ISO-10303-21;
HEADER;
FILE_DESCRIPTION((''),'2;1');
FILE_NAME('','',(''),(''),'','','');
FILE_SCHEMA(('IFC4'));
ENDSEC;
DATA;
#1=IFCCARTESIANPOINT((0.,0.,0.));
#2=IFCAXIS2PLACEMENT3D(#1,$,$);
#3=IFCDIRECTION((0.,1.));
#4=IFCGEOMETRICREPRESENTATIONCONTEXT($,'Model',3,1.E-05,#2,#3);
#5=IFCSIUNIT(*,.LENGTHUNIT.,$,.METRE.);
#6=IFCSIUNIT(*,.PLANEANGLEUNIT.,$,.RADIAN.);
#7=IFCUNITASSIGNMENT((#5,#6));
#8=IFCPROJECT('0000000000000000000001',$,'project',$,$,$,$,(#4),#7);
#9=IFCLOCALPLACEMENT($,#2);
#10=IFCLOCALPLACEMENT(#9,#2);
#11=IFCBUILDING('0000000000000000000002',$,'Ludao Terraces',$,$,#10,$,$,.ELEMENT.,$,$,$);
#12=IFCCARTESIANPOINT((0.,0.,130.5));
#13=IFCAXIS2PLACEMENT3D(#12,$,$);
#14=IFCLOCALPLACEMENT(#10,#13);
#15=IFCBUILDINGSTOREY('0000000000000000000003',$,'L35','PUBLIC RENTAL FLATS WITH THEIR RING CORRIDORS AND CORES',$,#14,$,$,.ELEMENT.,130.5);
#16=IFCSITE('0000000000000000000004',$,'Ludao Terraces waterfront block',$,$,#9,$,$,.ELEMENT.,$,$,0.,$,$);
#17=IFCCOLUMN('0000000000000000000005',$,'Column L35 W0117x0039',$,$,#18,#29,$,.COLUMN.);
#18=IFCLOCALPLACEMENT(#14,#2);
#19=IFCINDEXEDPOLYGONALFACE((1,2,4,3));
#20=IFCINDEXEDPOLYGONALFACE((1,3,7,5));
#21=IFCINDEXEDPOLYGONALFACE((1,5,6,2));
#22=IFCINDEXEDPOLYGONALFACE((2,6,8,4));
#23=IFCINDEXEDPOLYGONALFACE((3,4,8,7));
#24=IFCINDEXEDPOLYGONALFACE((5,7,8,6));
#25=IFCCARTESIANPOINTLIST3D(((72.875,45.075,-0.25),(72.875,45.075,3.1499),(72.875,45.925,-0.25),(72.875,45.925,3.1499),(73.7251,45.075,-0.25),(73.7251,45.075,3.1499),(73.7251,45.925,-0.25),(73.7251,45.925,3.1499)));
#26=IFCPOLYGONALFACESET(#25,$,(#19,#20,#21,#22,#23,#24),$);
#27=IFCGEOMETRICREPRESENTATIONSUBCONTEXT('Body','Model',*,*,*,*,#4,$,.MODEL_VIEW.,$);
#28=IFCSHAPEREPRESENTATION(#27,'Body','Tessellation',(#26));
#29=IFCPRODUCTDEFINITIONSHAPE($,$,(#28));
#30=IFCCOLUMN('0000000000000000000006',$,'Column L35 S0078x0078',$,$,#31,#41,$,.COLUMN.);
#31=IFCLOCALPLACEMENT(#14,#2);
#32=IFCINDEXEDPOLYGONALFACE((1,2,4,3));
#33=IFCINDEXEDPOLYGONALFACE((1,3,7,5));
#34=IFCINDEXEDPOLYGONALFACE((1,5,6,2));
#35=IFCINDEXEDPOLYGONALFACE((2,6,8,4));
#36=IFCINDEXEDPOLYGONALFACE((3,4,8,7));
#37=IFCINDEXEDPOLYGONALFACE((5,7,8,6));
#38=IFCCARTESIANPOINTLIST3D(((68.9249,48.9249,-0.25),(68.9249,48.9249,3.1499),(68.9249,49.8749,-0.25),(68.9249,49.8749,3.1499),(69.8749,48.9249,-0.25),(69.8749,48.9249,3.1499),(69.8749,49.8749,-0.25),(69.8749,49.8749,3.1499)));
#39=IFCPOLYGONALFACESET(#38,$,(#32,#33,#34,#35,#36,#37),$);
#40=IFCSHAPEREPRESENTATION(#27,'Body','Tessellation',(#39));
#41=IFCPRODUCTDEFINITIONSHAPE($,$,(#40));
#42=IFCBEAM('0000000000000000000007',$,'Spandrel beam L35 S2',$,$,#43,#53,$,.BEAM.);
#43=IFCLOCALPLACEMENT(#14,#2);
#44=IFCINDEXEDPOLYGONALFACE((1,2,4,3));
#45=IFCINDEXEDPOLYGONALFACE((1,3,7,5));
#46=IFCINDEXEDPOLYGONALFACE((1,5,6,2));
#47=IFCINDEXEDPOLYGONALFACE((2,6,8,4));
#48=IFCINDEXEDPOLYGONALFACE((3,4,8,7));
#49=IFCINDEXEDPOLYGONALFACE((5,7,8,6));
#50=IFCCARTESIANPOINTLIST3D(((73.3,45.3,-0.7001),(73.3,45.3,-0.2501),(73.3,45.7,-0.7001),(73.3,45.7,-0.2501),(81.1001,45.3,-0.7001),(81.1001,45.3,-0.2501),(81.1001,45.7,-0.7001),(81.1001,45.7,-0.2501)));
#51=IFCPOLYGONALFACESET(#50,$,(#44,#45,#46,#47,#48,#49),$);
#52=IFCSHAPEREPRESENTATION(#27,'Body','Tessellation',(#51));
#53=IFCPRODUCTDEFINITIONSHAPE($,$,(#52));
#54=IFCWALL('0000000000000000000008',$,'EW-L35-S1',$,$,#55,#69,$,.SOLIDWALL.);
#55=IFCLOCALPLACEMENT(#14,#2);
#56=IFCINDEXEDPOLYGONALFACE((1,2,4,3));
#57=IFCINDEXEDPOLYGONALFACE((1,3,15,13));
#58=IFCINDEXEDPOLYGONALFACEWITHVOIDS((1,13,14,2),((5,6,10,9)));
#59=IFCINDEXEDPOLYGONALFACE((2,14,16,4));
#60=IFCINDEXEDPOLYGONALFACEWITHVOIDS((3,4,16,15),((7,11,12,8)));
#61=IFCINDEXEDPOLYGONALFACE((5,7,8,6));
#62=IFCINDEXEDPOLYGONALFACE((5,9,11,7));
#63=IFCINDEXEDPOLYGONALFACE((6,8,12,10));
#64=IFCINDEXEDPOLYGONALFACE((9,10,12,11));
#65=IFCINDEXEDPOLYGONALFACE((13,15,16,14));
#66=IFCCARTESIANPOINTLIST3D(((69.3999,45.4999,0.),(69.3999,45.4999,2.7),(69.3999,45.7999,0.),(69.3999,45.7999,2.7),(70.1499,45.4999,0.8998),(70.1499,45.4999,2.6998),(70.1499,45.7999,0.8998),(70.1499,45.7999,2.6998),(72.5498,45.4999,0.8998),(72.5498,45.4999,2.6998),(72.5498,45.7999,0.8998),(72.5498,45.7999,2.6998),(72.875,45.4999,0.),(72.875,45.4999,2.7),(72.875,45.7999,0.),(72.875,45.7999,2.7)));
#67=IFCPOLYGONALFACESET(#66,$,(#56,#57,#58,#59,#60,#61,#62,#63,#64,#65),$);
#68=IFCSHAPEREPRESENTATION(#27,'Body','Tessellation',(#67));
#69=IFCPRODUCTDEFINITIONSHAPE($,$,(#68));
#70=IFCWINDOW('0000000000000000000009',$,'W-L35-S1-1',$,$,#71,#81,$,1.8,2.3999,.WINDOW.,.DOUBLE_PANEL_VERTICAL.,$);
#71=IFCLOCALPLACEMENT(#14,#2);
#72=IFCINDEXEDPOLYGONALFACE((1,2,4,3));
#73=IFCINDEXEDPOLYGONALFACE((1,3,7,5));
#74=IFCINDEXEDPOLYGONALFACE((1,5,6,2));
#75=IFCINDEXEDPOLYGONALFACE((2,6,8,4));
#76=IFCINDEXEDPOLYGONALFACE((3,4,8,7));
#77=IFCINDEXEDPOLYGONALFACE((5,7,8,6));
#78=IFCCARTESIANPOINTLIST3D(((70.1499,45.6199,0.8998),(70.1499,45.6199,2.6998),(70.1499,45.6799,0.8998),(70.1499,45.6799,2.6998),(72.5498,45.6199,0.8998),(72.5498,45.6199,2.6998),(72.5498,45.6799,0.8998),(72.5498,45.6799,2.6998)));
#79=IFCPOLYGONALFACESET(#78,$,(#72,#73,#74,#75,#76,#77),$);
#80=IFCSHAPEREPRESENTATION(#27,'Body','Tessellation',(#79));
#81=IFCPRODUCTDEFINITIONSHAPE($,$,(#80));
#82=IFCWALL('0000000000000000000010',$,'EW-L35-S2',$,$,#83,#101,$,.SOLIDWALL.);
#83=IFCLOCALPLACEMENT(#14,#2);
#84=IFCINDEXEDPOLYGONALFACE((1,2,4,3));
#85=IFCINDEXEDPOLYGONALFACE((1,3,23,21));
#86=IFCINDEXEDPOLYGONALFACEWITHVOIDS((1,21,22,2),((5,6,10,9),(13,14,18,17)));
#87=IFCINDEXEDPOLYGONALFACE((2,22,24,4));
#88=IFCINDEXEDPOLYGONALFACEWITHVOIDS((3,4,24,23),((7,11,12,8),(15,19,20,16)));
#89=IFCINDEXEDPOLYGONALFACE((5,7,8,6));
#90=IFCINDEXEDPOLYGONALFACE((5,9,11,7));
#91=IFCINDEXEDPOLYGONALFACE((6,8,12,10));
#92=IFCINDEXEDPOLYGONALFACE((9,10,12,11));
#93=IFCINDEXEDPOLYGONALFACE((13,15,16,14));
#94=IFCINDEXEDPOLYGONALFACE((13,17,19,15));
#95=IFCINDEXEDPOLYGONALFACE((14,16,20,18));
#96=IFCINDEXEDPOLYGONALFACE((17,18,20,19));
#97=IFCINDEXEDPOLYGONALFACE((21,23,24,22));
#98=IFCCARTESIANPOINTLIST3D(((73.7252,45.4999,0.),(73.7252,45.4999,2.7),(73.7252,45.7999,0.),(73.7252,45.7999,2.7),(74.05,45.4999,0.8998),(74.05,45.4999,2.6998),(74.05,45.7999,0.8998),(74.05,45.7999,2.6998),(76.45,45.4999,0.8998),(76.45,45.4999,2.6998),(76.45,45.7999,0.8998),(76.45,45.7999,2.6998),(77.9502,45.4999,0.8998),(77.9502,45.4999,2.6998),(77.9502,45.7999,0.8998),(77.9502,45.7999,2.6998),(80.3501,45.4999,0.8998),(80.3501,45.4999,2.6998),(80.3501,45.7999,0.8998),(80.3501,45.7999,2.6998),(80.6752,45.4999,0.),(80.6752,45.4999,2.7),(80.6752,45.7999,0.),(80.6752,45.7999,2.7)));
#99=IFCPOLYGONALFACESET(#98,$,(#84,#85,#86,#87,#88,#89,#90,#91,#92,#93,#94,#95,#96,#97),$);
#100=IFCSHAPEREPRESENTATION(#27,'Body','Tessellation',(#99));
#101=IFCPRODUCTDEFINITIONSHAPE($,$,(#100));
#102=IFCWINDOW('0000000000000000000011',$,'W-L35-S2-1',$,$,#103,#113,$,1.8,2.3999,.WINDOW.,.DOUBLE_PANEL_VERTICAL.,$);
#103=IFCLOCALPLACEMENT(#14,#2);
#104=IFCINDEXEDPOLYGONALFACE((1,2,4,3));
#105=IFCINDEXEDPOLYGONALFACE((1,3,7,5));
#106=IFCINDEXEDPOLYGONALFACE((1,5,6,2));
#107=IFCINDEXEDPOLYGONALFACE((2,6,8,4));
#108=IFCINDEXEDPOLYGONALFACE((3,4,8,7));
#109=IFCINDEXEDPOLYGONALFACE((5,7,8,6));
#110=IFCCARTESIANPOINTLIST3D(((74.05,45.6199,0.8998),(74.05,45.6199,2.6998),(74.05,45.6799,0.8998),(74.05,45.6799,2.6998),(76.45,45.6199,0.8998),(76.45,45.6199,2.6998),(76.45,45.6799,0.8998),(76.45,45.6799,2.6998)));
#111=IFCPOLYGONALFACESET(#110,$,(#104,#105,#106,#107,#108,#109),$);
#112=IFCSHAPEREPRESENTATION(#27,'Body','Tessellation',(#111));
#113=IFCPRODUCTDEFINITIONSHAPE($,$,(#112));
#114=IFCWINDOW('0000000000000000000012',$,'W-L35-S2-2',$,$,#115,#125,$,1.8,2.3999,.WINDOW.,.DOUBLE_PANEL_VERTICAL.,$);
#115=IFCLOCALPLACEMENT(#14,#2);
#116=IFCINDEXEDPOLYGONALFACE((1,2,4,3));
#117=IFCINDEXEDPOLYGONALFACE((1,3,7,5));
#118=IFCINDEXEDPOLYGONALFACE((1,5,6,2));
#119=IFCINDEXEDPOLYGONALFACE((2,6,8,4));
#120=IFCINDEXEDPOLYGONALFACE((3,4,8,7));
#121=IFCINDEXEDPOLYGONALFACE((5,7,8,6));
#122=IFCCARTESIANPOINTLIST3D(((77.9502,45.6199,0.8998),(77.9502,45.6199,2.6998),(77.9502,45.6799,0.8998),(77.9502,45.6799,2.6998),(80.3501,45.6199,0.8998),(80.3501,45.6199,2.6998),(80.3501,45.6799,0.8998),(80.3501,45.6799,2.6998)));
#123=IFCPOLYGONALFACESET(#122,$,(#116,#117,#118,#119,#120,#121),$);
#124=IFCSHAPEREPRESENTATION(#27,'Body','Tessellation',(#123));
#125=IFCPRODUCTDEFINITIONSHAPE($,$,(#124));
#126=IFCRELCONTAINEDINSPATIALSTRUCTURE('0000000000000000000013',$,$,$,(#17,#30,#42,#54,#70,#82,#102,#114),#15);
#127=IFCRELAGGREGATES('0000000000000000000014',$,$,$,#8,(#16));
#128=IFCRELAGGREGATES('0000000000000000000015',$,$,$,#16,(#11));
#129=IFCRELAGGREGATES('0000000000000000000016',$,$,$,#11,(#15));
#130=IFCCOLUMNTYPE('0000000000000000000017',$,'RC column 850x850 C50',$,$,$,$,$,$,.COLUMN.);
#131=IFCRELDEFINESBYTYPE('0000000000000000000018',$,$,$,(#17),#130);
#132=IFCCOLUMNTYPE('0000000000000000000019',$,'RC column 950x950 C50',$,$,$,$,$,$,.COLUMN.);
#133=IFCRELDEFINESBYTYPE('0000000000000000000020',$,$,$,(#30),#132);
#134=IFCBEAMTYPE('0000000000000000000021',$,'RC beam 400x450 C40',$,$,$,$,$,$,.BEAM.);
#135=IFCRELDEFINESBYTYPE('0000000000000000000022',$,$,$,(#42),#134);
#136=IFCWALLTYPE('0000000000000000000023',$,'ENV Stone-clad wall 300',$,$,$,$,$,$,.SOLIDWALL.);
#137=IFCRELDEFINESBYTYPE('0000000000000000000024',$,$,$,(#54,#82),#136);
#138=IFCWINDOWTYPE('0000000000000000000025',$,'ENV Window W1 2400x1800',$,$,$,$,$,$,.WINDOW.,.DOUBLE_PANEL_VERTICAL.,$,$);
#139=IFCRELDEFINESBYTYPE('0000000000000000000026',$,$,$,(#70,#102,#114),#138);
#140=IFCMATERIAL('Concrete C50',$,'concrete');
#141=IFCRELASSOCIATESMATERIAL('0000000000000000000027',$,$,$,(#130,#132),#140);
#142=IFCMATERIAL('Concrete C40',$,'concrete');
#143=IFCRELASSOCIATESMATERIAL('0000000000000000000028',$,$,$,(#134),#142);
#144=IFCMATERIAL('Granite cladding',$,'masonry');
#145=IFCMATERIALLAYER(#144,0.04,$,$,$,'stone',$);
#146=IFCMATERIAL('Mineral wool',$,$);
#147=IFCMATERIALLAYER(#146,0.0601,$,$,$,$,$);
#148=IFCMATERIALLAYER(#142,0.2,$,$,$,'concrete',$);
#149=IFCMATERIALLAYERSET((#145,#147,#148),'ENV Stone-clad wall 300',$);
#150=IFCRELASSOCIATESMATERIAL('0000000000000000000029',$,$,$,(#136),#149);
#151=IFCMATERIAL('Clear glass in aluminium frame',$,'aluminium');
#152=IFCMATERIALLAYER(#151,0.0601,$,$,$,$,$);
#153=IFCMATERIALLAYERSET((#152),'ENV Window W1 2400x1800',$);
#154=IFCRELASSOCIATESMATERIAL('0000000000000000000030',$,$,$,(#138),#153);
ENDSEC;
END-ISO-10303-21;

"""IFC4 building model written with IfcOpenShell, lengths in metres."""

from ifc_helpers import new_model, si_unit, direction, frame, frame_2d, origin, origin_2d, place, context, subcontext, project, spatial, rectangle, extrude, material, layer, layer_set, material_profile, profile_set, type_object, element, fill, save


model = new_model("IFC4")

# Units and contexts
model_context = context("Model", 3, precision=1e-05, world=origin(), true_north=direction((0.0, 1.0)))
body_context = subcontext(model_context, "Body", "Model", "MODEL_VIEW")
ifc_project = project(units=[si_unit("LENGTHUNIT", "METRE"), si_unit("PLANEANGLEUNIT", "RADIAN")], contexts=[model_context])

# Site, building, storey
site_placement = place(None, origin())
site = spatial("IfcSite", under=ifc_project, at=site_placement, Name="Ludao Terraces waterfront block", CompositionType="ELEMENT", RefElevation=0.0)
building_placement = place(site_placement, origin())
building = spatial("IfcBuilding", under=site, at=building_placement, Name="Ludao Terraces", CompositionType="ELEMENT")
storey_placement = place(building_placement, frame((0.0, 0.0, 130.5)))
storey = spatial("IfcBuildingStorey", under=building, at=storey_placement, Name="L35", Description="PUBLIC RENTAL FLATS WITH THEIR RING CORRIDORS AND CORES", CompositionType="ELEMENT", Elevation=130.5)

# Columns
ifc_material_1 = material(Name="Concrete C50", Category="concrete")
ifc_material_profile_1 = material_profile(ifc_material_1, rectangle(XDim=0.8501, YDim=0.8501, at=origin_2d()), Name="850 X 850")
ifc_profile_set_1 = profile_set([ifc_material_profile_1], Name="Concrete C50")
column_type_1 = type_object("IfcColumnType", Name="RC column 850x850 C50", PredefinedType="COLUMN", material=ifc_profile_set_1)
column_1_placement = place(storey_placement, frame((73.3, 45.5, -0.25), z_axis=(0.0, 0.0, 1.0), x_axis=(1.0, 0.0, 0.0)))
element("IfcColumn", 1, at=column_1_placement, inside=storey, type_object=column_type_1, Name="Column L35 W0117x0039", PredefinedType="COLUMN", context=body_context, shape_type="SweptSolid", body=[
    extrude(rectangle(XDim=0.8501, YDim=0.8501, at=origin_2d()), origin(), (0.0, 0.0, 1.0), 3.3999),
])
ifc_material_profile_2 = material_profile(ifc_material_1, rectangle(XDim=0.95, YDim=0.95, at=origin_2d()), Name="950 X 950")
ifc_profile_set_2 = profile_set([ifc_material_profile_2], Name="Concrete C50")
column_type_2 = type_object("IfcColumnType", Name="RC column 950x950 C50", PredefinedType="COLUMN", material=ifc_profile_set_2)
column_2_placement = place(storey_placement, frame((69.3999, 49.3999, -0.25), z_axis=(0.0, 0.0, 1.0), x_axis=(1.0, 0.0, 0.0)))
element("IfcColumn", 2, at=column_2_placement, inside=storey, type_object=column_type_2, Name="Column L35 S0078x0078", PredefinedType="COLUMN", context=body_context, shape_type="SweptSolid", body=[
    extrude(rectangle(XDim=0.95, YDim=0.95, at=origin_2d()), origin(), (0.0, 0.0, 1.0), 3.3999),
])

# Beam
ifc_material_2 = material(Name="Concrete C40", Category="concrete")
ifc_material_profile_3 = material_profile(ifc_material_2, rectangle(XDim=0.3999, YDim=0.45, at=origin_2d()), Name="400 X 450")
ifc_profile_set_3 = profile_set([ifc_material_profile_3], Name="Concrete C40")
beam_type = type_object("IfcBeamType", Name="RC beam 400x450 C40", PredefinedType="BEAM", material=ifc_profile_set_3)
beam_placement = place(storey_placement, frame((73.3, 45.5, -0.4751), z_axis=(1.0, 0.0, 0.0), x_axis=(0.0, 1.0, 0.0)))
element("IfcBeam", 3, at=beam_placement, inside=storey, type_object=beam_type, Name="Spandrel beam L35 S2", PredefinedType="BEAM", context=body_context, shape_type="SweptSolid", body=[
    extrude(rectangle(XDim=0.3999, YDim=0.45, at=origin_2d()), origin(), (0.0, 0.0, 1.0), 7.8),
])

# Wall, opening, window
ifc_material_3 = material(Name="Granite cladding", Category="masonry")
ifc_layer_1 = layer(ifc_material_3, 0.04, Category="stone")
ifc_material_4 = material(Name="Mineral wool")
ifc_layer_2 = layer(ifc_material_4, 0.0601)
ifc_layer_3 = layer(ifc_material_2, 0.2, Category="concrete")
ifc_layer_set_1 = layer_set([ifc_layer_1, ifc_layer_2, ifc_layer_3], Name="ENV Stone-clad wall 300")
wall_type_1 = type_object("IfcWallType", Name="ENV Stone-clad wall 300", PredefinedType="SOLIDWALL", material=ifc_layer_set_1)
wall_1_placement = place(storey_placement, frame((69.3999, 45.6499, 0.0), z_axis=(0.0, 0.0, 1.0), x_axis=(1.0, 0.0, 0.0)))
wall_1 = element("IfcWall", 4, at=wall_1_placement, inside=storey, type_object=wall_type_1, Name="EW-L35-S1", PredefinedType="SOLIDWALL", context=body_context, shape_type="SweptSolid", body=[
    extrude(rectangle(XDim=3.4751, YDim=0.3, at=frame_2d((1.7375, 0.0))), origin(), (0.0, 0.0, 1.0), 2.7),
])
opening_1_placement = place(wall_1_placement, frame((0.75, 0.0, 0.8999)))
opening_1 = element("IfcOpeningElement", 5, at=opening_1_placement, cuts=wall_1, PredefinedType="OPENING", context=body_context, shape_type="SweptSolid", body=[
    extrude(rectangle(XDim=2.3999, YDim=1.8, at=frame_2d((1.2, 0.8999))), frame((0.0, 0.1602, 0.0), z_axis=(0.0, -1.0, 0.0), x_axis=(1.0, 0.0, 0.0)), (0.0, 0.0, 1.0), 0.3201),
])
ifc_material_5 = material(Name="Clear glass in aluminium frame", Category="aluminium")
ifc_layer_4 = layer(ifc_material_5, 0.0601)
ifc_layer_set_2 = layer_set([ifc_layer_4], Name="ENV Window W1 2400x1800")
window_type = type_object("IfcWindowType", Name="ENV Window W1 2400x1800", PartitioningType="DOUBLE_PANEL_VERTICAL", PredefinedType="WINDOW", material=ifc_layer_set_2)
window_1_placement = place(opening_1_placement, origin())
window_1 = element("IfcWindow", 6, at=window_1_placement, inside=storey, type_object=window_type, Name="W-L35-S1-1", OverallHeight=1.8, OverallWidth=2.3999, PartitioningType="DOUBLE_PANEL_VERTICAL", PredefinedType="WINDOW", context=body_context, shape_type="SweptSolid", body=[
    extrude(rectangle(XDim=2.3999, YDim=1.8, at=frame_2d((1.2, 0.8999))), frame((0.0, 0.03, 0.0), z_axis=(0.0, -1.0, 0.0), x_axis=(1.0, 0.0, 0.0)), (0.0, 0.0, 1.0), 0.0601),
])
fill(opening_1, window_1)

# Wall, openings, windows
wall_2_placement = place(storey_placement, frame((73.7251, 45.6499, 0.0), z_axis=(0.0, 0.0, 1.0), x_axis=(1.0, 0.0, 0.0)))
wall_2 = element("IfcWall", 7, at=wall_2_placement, inside=storey, type_object=wall_type_1, Name="EW-L35-S2", PredefinedType="SOLIDWALL", context=body_context, shape_type="SweptSolid", body=[
    extrude(rectangle(XDim=6.95, YDim=0.3, at=frame_2d((3.4751, 0.0))), origin(), (0.0, 0.0, 1.0), 2.7),
])
opening_2_placement = place(wall_2_placement, frame((0.325, 0.0, 0.8999)))
opening_2 = element("IfcOpeningElement", 8, at=opening_2_placement, cuts=wall_2, PredefinedType="OPENING", context=body_context, shape_type="SweptSolid", body=[
    extrude(rectangle(XDim=2.3999, YDim=1.8, at=frame_2d((1.2, 0.8999))), frame((0.0, 0.1602, 0.0), z_axis=(0.0, -1.0, 0.0), x_axis=(1.0, 0.0, 0.0)), (0.0, 0.0, 1.0), 0.3201),
])
opening_3_placement = place(wall_2_placement, frame((4.2251, 0.0, 0.8999)))
opening_3 = element("IfcOpeningElement", 9, at=opening_3_placement, cuts=wall_2, PredefinedType="OPENING", context=body_context, shape_type="SweptSolid", body=[
    extrude(rectangle(XDim=2.3999, YDim=1.8, at=frame_2d((1.2, 0.8999))), frame((0.0, 0.1602, 0.0), z_axis=(0.0, -1.0, 0.0), x_axis=(1.0, 0.0, 0.0)), (0.0, 0.0, 1.0), 0.3201),
])
window_2_placement = place(opening_2_placement, origin())
window_2 = element("IfcWindow", 10, at=window_2_placement, inside=storey, type_object=window_type, Name="W-L35-S2-1", OverallHeight=1.8, OverallWidth=2.3999, PartitioningType="DOUBLE_PANEL_VERTICAL", PredefinedType="WINDOW", context=body_context, shape_type="SweptSolid", body=[
    extrude(rectangle(XDim=2.3999, YDim=1.8, at=frame_2d((1.2, 0.8999))), frame((0.0, 0.03, 0.0), z_axis=(0.0, -1.0, 0.0), x_axis=(1.0, 0.0, 0.0)), (0.0, 0.0, 1.0), 0.0601),
])
fill(opening_2, window_2)
window_3_placement = place(opening_3_placement, origin())
window_3 = element("IfcWindow", 11, at=window_3_placement, inside=storey, type_object=window_type, Name="W-L35-S2-2", OverallHeight=1.8, OverallWidth=2.3999, PartitioningType="DOUBLE_PANEL_VERTICAL", PredefinedType="WINDOW", context=body_context, shape_type="SweptSolid", body=[
    extrude(rectangle(XDim=2.3999, YDim=1.8, at=frame_2d((1.2, 0.8999))), frame((0.0, 0.03, 0.0), z_axis=(0.0, -1.0, 0.0), x_axis=(1.0, 0.0, 0.0)), (0.0, 0.0, 1.0), 0.0601),
])
fill(opening_3, window_3)

save(model, "model.ifc")
